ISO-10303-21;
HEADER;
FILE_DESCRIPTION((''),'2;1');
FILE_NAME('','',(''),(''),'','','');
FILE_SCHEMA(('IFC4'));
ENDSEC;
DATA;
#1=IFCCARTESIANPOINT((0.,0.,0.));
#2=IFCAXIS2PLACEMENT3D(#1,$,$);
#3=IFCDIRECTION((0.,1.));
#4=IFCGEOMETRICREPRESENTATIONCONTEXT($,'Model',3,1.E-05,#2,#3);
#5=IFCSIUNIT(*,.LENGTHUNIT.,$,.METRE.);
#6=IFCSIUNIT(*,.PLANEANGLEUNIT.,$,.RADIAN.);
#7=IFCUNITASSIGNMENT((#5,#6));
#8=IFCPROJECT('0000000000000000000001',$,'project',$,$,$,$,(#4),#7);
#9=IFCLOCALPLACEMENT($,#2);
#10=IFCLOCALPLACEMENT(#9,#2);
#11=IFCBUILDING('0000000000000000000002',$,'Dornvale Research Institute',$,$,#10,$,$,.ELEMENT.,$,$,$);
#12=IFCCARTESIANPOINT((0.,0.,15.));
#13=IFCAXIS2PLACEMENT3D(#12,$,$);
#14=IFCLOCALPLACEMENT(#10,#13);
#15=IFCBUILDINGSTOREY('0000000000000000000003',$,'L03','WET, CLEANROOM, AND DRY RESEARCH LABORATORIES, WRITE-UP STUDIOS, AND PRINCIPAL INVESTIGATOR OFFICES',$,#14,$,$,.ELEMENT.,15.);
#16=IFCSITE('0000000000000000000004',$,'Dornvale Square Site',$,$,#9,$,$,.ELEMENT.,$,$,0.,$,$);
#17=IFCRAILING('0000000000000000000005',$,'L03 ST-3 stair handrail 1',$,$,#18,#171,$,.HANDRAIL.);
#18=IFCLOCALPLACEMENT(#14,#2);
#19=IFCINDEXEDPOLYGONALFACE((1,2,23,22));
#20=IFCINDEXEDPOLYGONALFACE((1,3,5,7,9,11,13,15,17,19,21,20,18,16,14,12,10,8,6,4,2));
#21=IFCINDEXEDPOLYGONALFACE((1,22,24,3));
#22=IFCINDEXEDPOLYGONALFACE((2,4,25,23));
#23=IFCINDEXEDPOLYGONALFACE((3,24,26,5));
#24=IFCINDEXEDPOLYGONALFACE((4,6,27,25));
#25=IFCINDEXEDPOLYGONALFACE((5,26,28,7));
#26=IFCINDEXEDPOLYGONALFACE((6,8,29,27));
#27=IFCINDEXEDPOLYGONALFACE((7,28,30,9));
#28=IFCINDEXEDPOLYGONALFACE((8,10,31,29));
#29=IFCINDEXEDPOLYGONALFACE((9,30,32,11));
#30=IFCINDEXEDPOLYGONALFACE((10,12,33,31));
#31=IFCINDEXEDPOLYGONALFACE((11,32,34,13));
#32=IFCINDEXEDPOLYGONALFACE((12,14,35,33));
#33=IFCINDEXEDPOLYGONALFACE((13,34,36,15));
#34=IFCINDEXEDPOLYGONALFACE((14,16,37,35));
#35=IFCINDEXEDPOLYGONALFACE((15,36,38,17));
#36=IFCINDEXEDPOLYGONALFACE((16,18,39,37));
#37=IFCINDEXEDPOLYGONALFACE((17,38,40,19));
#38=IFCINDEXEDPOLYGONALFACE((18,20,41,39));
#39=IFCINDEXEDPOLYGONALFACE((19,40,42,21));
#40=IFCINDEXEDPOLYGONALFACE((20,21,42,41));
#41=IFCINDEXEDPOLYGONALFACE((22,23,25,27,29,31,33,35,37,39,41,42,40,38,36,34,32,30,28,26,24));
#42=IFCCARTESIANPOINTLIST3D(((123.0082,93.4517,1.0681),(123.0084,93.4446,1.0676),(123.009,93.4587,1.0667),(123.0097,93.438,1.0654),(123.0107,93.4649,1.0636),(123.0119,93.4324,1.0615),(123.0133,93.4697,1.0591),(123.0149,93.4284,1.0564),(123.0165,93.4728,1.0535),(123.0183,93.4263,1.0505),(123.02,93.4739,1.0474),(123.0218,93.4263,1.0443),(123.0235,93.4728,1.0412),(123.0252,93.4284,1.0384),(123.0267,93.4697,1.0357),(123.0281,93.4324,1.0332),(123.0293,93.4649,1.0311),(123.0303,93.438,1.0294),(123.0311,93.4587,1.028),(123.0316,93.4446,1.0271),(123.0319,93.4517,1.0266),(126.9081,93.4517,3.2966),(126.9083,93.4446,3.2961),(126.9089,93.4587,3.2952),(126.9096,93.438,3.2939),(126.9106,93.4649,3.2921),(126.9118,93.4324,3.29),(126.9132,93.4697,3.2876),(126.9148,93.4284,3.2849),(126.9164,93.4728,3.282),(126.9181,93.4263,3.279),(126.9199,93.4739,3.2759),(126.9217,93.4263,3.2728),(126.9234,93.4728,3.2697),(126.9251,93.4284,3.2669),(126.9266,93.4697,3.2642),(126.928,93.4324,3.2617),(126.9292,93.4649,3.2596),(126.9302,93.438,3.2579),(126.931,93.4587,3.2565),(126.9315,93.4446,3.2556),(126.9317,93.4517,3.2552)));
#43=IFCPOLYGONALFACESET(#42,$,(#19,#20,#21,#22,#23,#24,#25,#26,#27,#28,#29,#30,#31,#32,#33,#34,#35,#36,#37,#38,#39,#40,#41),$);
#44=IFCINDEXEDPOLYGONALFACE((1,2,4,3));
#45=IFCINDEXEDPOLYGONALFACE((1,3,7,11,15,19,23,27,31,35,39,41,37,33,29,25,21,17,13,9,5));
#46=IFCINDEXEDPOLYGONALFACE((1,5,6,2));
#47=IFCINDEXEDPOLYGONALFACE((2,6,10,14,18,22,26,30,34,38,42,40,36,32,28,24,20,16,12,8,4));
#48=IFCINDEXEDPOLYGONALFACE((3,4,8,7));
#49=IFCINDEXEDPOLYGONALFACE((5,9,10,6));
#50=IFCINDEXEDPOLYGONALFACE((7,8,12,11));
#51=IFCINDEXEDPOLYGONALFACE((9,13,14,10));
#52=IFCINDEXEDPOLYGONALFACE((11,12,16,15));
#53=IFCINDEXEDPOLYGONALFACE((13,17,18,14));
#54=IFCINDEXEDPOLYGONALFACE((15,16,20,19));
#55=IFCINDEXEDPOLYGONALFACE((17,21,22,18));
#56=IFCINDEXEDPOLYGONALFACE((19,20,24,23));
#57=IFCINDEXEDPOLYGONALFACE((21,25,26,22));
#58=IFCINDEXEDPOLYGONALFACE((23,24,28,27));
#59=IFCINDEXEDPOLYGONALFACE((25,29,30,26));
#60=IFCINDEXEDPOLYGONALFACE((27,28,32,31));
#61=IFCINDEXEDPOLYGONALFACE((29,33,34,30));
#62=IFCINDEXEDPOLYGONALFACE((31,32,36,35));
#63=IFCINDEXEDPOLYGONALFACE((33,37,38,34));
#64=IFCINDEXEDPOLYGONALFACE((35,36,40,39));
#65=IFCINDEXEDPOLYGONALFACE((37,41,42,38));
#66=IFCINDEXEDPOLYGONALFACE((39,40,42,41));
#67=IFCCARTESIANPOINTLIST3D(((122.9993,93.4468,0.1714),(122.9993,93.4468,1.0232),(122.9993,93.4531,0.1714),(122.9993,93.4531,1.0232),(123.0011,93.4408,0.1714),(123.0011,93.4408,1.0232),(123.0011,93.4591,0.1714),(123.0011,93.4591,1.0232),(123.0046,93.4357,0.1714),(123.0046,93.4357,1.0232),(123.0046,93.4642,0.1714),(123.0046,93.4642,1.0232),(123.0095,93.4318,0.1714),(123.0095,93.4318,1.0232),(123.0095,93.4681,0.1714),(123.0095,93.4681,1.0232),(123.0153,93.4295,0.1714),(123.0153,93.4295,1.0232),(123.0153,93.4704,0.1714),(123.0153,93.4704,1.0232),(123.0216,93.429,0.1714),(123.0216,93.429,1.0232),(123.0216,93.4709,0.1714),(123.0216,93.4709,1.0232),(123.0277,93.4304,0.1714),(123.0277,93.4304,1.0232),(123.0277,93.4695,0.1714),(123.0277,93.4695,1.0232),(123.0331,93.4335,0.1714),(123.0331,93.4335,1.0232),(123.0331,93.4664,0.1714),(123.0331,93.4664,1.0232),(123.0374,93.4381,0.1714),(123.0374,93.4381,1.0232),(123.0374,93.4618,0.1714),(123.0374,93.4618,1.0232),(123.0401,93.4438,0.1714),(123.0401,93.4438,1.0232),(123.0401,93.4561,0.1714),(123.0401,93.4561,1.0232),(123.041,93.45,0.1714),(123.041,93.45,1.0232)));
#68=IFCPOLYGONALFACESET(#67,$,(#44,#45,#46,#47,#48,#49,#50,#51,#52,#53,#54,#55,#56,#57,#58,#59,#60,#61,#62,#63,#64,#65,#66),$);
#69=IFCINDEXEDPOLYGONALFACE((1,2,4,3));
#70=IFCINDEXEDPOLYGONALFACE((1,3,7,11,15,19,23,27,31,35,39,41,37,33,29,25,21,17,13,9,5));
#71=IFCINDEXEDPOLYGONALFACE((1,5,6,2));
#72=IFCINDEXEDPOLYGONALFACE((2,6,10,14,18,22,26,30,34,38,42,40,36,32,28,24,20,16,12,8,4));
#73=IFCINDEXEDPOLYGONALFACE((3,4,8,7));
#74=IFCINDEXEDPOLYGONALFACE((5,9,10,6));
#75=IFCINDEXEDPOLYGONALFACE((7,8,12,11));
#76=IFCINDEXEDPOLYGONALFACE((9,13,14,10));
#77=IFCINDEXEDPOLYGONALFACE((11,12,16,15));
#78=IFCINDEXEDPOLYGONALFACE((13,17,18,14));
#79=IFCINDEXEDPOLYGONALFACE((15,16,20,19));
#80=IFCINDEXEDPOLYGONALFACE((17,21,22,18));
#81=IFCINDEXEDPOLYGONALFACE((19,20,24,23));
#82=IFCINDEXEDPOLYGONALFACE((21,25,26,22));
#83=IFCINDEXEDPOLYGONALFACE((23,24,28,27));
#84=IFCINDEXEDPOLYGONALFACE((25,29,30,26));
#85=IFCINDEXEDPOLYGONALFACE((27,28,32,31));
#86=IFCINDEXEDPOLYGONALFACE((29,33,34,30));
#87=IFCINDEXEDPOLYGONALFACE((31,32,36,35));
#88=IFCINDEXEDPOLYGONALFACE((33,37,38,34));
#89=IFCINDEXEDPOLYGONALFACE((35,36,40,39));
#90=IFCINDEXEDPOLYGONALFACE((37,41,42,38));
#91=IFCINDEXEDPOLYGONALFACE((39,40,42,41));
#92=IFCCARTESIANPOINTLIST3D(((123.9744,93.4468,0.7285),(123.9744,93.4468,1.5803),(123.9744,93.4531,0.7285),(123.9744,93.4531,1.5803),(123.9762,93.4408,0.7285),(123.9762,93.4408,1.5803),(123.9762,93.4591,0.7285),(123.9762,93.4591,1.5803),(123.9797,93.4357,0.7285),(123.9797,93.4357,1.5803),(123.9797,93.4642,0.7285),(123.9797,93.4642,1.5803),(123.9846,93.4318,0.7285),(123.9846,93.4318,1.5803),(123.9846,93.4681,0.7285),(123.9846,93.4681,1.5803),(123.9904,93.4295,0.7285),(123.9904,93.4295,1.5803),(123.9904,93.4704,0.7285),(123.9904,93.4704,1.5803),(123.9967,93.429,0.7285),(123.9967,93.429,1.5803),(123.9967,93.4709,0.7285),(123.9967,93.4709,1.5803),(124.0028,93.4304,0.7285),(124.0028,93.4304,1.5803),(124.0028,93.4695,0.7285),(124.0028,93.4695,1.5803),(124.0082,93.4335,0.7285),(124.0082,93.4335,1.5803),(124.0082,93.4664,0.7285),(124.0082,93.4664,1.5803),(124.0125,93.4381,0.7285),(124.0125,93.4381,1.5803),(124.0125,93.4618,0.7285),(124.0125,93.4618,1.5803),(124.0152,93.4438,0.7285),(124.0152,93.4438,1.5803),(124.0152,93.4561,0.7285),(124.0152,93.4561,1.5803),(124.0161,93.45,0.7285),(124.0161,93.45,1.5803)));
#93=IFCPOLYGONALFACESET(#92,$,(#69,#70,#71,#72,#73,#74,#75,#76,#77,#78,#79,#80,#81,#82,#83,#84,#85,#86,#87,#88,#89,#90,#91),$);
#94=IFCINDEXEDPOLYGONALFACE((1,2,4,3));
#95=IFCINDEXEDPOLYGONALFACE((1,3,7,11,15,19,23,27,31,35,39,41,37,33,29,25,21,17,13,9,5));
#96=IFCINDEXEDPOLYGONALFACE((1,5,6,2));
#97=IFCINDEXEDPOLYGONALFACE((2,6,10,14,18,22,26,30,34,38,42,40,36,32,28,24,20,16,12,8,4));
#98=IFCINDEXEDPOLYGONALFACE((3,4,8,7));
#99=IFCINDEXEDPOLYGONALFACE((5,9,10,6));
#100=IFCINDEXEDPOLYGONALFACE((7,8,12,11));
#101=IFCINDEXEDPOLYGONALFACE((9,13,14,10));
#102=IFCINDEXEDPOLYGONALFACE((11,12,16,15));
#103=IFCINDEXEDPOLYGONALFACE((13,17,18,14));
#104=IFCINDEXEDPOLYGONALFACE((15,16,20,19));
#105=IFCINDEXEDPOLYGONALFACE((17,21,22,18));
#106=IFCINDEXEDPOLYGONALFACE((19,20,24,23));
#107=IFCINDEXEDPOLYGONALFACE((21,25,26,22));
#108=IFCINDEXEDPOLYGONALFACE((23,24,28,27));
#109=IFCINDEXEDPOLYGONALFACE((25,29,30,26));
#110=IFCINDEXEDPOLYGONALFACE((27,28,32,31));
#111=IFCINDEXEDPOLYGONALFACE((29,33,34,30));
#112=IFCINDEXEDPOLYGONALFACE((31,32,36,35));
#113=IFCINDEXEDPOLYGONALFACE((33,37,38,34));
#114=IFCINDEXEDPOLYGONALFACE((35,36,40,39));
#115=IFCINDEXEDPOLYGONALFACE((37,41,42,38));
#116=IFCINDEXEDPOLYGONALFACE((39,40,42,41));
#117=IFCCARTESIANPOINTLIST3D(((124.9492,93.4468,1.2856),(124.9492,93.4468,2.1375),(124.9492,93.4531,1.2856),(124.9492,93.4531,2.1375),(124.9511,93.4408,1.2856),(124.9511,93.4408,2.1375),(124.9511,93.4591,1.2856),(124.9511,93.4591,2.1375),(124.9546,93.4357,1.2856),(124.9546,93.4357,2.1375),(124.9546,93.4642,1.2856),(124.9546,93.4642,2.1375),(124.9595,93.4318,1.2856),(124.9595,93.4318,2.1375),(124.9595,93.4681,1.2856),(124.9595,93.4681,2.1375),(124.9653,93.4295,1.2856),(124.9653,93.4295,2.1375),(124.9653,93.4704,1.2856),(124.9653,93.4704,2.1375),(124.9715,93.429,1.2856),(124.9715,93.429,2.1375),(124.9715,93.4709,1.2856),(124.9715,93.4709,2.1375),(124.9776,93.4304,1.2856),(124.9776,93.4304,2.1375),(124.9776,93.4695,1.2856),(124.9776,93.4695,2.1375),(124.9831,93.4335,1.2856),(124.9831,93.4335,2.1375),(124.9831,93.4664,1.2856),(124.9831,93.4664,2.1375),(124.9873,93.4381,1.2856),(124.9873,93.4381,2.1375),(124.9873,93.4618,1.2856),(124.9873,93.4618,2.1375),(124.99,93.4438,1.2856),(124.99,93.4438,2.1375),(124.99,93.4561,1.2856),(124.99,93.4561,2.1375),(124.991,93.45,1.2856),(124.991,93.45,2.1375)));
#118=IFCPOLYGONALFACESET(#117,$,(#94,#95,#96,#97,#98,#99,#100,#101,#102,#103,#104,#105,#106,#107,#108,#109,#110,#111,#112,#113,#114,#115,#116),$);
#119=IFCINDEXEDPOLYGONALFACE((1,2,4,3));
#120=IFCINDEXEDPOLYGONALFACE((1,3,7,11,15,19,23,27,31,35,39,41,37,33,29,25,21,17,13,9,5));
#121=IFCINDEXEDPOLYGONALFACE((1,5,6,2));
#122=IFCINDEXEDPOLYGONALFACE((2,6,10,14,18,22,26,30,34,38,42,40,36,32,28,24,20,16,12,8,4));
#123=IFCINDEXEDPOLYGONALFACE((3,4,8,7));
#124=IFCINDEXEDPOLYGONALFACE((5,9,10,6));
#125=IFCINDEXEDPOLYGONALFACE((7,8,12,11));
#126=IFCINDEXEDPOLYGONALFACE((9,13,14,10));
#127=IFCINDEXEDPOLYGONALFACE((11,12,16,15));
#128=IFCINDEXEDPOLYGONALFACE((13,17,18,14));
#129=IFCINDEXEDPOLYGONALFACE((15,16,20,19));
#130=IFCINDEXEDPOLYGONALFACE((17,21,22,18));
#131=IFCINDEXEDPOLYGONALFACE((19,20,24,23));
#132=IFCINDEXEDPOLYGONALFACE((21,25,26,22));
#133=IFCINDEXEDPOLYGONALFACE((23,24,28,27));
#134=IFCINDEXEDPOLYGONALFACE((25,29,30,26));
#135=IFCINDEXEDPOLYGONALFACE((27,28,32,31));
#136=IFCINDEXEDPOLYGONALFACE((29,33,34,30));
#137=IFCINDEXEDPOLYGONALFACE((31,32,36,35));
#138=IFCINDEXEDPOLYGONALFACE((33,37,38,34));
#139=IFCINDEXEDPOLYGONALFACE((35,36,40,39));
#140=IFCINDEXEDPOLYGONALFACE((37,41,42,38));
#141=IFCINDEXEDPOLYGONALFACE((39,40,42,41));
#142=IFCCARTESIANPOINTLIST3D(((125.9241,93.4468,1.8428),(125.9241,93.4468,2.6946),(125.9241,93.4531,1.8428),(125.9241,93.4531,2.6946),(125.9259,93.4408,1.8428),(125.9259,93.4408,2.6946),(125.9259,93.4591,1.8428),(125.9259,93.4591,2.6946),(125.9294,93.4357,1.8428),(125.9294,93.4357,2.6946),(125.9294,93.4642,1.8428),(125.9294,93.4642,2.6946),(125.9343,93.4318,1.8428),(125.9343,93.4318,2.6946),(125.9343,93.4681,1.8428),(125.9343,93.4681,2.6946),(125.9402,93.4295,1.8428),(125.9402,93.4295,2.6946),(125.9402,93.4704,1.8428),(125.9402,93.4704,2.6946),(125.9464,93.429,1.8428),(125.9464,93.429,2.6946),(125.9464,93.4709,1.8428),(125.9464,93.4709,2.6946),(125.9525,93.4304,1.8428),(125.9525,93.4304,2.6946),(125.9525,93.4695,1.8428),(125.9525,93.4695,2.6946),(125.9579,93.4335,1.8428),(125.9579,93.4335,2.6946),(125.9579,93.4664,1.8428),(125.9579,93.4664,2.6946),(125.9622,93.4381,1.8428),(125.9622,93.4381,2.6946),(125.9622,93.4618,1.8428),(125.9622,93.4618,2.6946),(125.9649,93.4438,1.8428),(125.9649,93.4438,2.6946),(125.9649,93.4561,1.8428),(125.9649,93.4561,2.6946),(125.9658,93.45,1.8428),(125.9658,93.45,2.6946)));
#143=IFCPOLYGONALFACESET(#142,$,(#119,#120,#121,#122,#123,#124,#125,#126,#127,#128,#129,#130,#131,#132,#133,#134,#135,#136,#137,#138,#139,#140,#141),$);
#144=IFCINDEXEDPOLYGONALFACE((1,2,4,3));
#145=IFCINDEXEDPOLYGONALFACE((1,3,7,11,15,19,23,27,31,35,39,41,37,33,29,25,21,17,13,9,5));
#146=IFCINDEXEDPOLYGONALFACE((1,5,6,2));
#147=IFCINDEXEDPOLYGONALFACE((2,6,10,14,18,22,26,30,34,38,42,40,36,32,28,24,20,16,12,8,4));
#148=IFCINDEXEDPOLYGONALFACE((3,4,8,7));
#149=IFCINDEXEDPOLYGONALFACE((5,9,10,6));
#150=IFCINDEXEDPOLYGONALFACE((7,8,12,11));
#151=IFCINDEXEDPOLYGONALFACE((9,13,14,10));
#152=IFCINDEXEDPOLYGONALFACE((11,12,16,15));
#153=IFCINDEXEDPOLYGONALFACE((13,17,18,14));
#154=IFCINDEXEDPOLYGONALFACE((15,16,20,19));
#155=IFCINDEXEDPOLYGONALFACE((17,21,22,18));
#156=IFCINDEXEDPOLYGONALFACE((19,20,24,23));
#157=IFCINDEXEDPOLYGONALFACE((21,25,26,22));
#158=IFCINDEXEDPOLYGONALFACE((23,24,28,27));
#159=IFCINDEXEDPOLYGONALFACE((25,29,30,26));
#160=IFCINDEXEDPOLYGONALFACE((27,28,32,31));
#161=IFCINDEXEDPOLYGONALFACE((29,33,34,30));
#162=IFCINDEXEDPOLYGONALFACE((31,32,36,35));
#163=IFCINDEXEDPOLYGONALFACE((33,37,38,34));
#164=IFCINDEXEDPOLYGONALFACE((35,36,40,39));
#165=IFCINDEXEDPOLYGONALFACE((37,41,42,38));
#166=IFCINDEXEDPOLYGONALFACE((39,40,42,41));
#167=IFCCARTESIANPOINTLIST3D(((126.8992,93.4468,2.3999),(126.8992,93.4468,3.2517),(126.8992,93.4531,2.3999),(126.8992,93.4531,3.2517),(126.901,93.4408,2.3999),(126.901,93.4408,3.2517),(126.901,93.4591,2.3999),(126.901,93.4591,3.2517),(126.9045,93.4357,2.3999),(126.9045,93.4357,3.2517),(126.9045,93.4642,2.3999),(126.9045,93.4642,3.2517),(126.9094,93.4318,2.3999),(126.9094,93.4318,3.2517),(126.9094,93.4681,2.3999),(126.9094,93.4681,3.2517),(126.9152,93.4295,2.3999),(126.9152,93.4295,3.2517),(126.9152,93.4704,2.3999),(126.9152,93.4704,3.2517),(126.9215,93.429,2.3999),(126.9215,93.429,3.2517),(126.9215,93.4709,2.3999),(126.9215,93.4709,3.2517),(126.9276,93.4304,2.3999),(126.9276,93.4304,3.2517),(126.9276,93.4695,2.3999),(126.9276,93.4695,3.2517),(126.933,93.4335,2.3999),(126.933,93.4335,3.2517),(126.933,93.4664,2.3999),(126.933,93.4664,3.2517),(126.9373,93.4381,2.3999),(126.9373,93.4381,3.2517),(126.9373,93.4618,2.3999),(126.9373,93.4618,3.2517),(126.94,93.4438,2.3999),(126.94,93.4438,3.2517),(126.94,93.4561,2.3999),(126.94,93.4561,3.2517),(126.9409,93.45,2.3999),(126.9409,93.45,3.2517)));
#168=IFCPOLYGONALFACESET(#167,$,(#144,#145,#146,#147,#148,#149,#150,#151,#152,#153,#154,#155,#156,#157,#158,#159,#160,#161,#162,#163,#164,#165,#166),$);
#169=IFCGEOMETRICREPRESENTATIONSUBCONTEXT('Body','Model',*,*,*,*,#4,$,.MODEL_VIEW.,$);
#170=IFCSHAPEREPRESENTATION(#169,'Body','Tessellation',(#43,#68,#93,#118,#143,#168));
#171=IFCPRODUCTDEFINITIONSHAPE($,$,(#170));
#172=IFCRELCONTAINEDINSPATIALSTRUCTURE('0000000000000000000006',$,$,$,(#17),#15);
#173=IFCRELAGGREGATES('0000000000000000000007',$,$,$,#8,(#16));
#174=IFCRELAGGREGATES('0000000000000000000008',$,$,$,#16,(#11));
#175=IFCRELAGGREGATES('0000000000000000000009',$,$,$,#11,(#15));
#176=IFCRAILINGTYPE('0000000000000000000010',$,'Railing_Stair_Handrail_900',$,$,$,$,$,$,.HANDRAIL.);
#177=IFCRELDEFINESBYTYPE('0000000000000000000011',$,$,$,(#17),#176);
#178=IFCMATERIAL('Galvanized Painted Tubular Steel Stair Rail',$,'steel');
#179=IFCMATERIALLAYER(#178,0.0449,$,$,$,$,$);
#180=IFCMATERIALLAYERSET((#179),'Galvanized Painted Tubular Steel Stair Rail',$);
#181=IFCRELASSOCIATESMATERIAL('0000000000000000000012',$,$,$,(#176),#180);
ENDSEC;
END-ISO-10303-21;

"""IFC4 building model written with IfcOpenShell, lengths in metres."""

from ifc_helpers import new_model, si_unit, direction, frame, origin, origin_2d, place, context, subcontext, project, spatial, circle, extrude, material, layer, layer_set, type_object, element, save


model = new_model("IFC4")

# Units and contexts
model_context = context("Model", 3, precision=1e-05, world=origin(), true_north=direction((0.0, 1.0)))
body_context = subcontext(model_context, "Body", "Model", "MODEL_VIEW")
ifc_project = project(units=[si_unit("LENGTHUNIT", "METRE"), si_unit("PLANEANGLEUNIT", "RADIAN")], contexts=[model_context])

# Site, building, storey
site_placement = place(None, origin())
site = spatial("IfcSite", under=ifc_project, at=site_placement, Name="Dornvale Square Site", CompositionType="ELEMENT", RefElevation=0.0)
building_placement = place(site_placement, origin())
building = spatial("IfcBuilding", under=site, at=building_placement, Name="Dornvale Research Institute", CompositionType="ELEMENT")
storey_placement = place(building_placement, frame((0.0, 0.0, 15.0)))
storey = spatial("IfcBuildingStorey", under=building, at=storey_placement, Name="L03", Description="WET, CLEANROOM, AND DRY RESEARCH LABORATORIES, WRITE-UP STUDIOS, AND PRINCIPAL INVESTIGATOR OFFICES", CompositionType="ELEMENT", Elevation=15.0)

# Railing
ifc_material_1 = material(Name="Galvanized Painted Tubular Steel Stair Rail", Category="steel")
ifc_layer_1 = layer(ifc_material_1, 0.0449)
ifc_layer_set_1 = layer_set([ifc_layer_1], Name="Galvanized Painted Tubular Steel Stair Rail")
railing_type_1 = type_object("IfcRailingType", Name="Railing_Stair_Handrail_900", PredefinedType="HANDRAIL", material=ifc_layer_set_1)
railing_1_placement = place(storey_placement, frame((123.02, 93.45, 0.1714)))
element("IfcRailing", 1, at=railing_1_placement, inside=storey, type_object=railing_type_1, Name="L03 ST-3 stair handrail 1", PredefinedType="HANDRAIL", context=body_context, shape_type="SweptSolid", body=[
    extrude(circle(Radius=0.0239, at=origin_2d()), frame((0.0, 0.0, 0.876), z_axis=(0.868243, 0.0, 0.496139), x_axis=(0.0, 1.0, 0.0)), (0.0, 0.0, 1.0), 4.4917),
    extrude(circle(Radius=0.021, at=origin_2d()), origin(), (0.0, 0.0, 1.0), 0.8518),
    extrude(circle(Radius=0.021, at=origin_2d()), frame((0.9751, 0.0, 0.5571)), (0.0, 0.0, 1.0), 0.8518),
    extrude(circle(Radius=0.021, at=origin_2d()), frame((1.95, 0.0, 1.1143)), (0.0, 0.0, 1.0), 0.8518),
    extrude(circle(Radius=0.021, at=origin_2d()), frame((2.9248, 0.0, 1.6714)), (0.0, 0.0, 1.0), 0.8518),
    extrude(circle(Radius=0.021, at=origin_2d()), frame((3.8999, 0.0, 2.2285)), (0.0, 0.0, 1.0), 0.8518),
])

save(model, "model.ifc")
